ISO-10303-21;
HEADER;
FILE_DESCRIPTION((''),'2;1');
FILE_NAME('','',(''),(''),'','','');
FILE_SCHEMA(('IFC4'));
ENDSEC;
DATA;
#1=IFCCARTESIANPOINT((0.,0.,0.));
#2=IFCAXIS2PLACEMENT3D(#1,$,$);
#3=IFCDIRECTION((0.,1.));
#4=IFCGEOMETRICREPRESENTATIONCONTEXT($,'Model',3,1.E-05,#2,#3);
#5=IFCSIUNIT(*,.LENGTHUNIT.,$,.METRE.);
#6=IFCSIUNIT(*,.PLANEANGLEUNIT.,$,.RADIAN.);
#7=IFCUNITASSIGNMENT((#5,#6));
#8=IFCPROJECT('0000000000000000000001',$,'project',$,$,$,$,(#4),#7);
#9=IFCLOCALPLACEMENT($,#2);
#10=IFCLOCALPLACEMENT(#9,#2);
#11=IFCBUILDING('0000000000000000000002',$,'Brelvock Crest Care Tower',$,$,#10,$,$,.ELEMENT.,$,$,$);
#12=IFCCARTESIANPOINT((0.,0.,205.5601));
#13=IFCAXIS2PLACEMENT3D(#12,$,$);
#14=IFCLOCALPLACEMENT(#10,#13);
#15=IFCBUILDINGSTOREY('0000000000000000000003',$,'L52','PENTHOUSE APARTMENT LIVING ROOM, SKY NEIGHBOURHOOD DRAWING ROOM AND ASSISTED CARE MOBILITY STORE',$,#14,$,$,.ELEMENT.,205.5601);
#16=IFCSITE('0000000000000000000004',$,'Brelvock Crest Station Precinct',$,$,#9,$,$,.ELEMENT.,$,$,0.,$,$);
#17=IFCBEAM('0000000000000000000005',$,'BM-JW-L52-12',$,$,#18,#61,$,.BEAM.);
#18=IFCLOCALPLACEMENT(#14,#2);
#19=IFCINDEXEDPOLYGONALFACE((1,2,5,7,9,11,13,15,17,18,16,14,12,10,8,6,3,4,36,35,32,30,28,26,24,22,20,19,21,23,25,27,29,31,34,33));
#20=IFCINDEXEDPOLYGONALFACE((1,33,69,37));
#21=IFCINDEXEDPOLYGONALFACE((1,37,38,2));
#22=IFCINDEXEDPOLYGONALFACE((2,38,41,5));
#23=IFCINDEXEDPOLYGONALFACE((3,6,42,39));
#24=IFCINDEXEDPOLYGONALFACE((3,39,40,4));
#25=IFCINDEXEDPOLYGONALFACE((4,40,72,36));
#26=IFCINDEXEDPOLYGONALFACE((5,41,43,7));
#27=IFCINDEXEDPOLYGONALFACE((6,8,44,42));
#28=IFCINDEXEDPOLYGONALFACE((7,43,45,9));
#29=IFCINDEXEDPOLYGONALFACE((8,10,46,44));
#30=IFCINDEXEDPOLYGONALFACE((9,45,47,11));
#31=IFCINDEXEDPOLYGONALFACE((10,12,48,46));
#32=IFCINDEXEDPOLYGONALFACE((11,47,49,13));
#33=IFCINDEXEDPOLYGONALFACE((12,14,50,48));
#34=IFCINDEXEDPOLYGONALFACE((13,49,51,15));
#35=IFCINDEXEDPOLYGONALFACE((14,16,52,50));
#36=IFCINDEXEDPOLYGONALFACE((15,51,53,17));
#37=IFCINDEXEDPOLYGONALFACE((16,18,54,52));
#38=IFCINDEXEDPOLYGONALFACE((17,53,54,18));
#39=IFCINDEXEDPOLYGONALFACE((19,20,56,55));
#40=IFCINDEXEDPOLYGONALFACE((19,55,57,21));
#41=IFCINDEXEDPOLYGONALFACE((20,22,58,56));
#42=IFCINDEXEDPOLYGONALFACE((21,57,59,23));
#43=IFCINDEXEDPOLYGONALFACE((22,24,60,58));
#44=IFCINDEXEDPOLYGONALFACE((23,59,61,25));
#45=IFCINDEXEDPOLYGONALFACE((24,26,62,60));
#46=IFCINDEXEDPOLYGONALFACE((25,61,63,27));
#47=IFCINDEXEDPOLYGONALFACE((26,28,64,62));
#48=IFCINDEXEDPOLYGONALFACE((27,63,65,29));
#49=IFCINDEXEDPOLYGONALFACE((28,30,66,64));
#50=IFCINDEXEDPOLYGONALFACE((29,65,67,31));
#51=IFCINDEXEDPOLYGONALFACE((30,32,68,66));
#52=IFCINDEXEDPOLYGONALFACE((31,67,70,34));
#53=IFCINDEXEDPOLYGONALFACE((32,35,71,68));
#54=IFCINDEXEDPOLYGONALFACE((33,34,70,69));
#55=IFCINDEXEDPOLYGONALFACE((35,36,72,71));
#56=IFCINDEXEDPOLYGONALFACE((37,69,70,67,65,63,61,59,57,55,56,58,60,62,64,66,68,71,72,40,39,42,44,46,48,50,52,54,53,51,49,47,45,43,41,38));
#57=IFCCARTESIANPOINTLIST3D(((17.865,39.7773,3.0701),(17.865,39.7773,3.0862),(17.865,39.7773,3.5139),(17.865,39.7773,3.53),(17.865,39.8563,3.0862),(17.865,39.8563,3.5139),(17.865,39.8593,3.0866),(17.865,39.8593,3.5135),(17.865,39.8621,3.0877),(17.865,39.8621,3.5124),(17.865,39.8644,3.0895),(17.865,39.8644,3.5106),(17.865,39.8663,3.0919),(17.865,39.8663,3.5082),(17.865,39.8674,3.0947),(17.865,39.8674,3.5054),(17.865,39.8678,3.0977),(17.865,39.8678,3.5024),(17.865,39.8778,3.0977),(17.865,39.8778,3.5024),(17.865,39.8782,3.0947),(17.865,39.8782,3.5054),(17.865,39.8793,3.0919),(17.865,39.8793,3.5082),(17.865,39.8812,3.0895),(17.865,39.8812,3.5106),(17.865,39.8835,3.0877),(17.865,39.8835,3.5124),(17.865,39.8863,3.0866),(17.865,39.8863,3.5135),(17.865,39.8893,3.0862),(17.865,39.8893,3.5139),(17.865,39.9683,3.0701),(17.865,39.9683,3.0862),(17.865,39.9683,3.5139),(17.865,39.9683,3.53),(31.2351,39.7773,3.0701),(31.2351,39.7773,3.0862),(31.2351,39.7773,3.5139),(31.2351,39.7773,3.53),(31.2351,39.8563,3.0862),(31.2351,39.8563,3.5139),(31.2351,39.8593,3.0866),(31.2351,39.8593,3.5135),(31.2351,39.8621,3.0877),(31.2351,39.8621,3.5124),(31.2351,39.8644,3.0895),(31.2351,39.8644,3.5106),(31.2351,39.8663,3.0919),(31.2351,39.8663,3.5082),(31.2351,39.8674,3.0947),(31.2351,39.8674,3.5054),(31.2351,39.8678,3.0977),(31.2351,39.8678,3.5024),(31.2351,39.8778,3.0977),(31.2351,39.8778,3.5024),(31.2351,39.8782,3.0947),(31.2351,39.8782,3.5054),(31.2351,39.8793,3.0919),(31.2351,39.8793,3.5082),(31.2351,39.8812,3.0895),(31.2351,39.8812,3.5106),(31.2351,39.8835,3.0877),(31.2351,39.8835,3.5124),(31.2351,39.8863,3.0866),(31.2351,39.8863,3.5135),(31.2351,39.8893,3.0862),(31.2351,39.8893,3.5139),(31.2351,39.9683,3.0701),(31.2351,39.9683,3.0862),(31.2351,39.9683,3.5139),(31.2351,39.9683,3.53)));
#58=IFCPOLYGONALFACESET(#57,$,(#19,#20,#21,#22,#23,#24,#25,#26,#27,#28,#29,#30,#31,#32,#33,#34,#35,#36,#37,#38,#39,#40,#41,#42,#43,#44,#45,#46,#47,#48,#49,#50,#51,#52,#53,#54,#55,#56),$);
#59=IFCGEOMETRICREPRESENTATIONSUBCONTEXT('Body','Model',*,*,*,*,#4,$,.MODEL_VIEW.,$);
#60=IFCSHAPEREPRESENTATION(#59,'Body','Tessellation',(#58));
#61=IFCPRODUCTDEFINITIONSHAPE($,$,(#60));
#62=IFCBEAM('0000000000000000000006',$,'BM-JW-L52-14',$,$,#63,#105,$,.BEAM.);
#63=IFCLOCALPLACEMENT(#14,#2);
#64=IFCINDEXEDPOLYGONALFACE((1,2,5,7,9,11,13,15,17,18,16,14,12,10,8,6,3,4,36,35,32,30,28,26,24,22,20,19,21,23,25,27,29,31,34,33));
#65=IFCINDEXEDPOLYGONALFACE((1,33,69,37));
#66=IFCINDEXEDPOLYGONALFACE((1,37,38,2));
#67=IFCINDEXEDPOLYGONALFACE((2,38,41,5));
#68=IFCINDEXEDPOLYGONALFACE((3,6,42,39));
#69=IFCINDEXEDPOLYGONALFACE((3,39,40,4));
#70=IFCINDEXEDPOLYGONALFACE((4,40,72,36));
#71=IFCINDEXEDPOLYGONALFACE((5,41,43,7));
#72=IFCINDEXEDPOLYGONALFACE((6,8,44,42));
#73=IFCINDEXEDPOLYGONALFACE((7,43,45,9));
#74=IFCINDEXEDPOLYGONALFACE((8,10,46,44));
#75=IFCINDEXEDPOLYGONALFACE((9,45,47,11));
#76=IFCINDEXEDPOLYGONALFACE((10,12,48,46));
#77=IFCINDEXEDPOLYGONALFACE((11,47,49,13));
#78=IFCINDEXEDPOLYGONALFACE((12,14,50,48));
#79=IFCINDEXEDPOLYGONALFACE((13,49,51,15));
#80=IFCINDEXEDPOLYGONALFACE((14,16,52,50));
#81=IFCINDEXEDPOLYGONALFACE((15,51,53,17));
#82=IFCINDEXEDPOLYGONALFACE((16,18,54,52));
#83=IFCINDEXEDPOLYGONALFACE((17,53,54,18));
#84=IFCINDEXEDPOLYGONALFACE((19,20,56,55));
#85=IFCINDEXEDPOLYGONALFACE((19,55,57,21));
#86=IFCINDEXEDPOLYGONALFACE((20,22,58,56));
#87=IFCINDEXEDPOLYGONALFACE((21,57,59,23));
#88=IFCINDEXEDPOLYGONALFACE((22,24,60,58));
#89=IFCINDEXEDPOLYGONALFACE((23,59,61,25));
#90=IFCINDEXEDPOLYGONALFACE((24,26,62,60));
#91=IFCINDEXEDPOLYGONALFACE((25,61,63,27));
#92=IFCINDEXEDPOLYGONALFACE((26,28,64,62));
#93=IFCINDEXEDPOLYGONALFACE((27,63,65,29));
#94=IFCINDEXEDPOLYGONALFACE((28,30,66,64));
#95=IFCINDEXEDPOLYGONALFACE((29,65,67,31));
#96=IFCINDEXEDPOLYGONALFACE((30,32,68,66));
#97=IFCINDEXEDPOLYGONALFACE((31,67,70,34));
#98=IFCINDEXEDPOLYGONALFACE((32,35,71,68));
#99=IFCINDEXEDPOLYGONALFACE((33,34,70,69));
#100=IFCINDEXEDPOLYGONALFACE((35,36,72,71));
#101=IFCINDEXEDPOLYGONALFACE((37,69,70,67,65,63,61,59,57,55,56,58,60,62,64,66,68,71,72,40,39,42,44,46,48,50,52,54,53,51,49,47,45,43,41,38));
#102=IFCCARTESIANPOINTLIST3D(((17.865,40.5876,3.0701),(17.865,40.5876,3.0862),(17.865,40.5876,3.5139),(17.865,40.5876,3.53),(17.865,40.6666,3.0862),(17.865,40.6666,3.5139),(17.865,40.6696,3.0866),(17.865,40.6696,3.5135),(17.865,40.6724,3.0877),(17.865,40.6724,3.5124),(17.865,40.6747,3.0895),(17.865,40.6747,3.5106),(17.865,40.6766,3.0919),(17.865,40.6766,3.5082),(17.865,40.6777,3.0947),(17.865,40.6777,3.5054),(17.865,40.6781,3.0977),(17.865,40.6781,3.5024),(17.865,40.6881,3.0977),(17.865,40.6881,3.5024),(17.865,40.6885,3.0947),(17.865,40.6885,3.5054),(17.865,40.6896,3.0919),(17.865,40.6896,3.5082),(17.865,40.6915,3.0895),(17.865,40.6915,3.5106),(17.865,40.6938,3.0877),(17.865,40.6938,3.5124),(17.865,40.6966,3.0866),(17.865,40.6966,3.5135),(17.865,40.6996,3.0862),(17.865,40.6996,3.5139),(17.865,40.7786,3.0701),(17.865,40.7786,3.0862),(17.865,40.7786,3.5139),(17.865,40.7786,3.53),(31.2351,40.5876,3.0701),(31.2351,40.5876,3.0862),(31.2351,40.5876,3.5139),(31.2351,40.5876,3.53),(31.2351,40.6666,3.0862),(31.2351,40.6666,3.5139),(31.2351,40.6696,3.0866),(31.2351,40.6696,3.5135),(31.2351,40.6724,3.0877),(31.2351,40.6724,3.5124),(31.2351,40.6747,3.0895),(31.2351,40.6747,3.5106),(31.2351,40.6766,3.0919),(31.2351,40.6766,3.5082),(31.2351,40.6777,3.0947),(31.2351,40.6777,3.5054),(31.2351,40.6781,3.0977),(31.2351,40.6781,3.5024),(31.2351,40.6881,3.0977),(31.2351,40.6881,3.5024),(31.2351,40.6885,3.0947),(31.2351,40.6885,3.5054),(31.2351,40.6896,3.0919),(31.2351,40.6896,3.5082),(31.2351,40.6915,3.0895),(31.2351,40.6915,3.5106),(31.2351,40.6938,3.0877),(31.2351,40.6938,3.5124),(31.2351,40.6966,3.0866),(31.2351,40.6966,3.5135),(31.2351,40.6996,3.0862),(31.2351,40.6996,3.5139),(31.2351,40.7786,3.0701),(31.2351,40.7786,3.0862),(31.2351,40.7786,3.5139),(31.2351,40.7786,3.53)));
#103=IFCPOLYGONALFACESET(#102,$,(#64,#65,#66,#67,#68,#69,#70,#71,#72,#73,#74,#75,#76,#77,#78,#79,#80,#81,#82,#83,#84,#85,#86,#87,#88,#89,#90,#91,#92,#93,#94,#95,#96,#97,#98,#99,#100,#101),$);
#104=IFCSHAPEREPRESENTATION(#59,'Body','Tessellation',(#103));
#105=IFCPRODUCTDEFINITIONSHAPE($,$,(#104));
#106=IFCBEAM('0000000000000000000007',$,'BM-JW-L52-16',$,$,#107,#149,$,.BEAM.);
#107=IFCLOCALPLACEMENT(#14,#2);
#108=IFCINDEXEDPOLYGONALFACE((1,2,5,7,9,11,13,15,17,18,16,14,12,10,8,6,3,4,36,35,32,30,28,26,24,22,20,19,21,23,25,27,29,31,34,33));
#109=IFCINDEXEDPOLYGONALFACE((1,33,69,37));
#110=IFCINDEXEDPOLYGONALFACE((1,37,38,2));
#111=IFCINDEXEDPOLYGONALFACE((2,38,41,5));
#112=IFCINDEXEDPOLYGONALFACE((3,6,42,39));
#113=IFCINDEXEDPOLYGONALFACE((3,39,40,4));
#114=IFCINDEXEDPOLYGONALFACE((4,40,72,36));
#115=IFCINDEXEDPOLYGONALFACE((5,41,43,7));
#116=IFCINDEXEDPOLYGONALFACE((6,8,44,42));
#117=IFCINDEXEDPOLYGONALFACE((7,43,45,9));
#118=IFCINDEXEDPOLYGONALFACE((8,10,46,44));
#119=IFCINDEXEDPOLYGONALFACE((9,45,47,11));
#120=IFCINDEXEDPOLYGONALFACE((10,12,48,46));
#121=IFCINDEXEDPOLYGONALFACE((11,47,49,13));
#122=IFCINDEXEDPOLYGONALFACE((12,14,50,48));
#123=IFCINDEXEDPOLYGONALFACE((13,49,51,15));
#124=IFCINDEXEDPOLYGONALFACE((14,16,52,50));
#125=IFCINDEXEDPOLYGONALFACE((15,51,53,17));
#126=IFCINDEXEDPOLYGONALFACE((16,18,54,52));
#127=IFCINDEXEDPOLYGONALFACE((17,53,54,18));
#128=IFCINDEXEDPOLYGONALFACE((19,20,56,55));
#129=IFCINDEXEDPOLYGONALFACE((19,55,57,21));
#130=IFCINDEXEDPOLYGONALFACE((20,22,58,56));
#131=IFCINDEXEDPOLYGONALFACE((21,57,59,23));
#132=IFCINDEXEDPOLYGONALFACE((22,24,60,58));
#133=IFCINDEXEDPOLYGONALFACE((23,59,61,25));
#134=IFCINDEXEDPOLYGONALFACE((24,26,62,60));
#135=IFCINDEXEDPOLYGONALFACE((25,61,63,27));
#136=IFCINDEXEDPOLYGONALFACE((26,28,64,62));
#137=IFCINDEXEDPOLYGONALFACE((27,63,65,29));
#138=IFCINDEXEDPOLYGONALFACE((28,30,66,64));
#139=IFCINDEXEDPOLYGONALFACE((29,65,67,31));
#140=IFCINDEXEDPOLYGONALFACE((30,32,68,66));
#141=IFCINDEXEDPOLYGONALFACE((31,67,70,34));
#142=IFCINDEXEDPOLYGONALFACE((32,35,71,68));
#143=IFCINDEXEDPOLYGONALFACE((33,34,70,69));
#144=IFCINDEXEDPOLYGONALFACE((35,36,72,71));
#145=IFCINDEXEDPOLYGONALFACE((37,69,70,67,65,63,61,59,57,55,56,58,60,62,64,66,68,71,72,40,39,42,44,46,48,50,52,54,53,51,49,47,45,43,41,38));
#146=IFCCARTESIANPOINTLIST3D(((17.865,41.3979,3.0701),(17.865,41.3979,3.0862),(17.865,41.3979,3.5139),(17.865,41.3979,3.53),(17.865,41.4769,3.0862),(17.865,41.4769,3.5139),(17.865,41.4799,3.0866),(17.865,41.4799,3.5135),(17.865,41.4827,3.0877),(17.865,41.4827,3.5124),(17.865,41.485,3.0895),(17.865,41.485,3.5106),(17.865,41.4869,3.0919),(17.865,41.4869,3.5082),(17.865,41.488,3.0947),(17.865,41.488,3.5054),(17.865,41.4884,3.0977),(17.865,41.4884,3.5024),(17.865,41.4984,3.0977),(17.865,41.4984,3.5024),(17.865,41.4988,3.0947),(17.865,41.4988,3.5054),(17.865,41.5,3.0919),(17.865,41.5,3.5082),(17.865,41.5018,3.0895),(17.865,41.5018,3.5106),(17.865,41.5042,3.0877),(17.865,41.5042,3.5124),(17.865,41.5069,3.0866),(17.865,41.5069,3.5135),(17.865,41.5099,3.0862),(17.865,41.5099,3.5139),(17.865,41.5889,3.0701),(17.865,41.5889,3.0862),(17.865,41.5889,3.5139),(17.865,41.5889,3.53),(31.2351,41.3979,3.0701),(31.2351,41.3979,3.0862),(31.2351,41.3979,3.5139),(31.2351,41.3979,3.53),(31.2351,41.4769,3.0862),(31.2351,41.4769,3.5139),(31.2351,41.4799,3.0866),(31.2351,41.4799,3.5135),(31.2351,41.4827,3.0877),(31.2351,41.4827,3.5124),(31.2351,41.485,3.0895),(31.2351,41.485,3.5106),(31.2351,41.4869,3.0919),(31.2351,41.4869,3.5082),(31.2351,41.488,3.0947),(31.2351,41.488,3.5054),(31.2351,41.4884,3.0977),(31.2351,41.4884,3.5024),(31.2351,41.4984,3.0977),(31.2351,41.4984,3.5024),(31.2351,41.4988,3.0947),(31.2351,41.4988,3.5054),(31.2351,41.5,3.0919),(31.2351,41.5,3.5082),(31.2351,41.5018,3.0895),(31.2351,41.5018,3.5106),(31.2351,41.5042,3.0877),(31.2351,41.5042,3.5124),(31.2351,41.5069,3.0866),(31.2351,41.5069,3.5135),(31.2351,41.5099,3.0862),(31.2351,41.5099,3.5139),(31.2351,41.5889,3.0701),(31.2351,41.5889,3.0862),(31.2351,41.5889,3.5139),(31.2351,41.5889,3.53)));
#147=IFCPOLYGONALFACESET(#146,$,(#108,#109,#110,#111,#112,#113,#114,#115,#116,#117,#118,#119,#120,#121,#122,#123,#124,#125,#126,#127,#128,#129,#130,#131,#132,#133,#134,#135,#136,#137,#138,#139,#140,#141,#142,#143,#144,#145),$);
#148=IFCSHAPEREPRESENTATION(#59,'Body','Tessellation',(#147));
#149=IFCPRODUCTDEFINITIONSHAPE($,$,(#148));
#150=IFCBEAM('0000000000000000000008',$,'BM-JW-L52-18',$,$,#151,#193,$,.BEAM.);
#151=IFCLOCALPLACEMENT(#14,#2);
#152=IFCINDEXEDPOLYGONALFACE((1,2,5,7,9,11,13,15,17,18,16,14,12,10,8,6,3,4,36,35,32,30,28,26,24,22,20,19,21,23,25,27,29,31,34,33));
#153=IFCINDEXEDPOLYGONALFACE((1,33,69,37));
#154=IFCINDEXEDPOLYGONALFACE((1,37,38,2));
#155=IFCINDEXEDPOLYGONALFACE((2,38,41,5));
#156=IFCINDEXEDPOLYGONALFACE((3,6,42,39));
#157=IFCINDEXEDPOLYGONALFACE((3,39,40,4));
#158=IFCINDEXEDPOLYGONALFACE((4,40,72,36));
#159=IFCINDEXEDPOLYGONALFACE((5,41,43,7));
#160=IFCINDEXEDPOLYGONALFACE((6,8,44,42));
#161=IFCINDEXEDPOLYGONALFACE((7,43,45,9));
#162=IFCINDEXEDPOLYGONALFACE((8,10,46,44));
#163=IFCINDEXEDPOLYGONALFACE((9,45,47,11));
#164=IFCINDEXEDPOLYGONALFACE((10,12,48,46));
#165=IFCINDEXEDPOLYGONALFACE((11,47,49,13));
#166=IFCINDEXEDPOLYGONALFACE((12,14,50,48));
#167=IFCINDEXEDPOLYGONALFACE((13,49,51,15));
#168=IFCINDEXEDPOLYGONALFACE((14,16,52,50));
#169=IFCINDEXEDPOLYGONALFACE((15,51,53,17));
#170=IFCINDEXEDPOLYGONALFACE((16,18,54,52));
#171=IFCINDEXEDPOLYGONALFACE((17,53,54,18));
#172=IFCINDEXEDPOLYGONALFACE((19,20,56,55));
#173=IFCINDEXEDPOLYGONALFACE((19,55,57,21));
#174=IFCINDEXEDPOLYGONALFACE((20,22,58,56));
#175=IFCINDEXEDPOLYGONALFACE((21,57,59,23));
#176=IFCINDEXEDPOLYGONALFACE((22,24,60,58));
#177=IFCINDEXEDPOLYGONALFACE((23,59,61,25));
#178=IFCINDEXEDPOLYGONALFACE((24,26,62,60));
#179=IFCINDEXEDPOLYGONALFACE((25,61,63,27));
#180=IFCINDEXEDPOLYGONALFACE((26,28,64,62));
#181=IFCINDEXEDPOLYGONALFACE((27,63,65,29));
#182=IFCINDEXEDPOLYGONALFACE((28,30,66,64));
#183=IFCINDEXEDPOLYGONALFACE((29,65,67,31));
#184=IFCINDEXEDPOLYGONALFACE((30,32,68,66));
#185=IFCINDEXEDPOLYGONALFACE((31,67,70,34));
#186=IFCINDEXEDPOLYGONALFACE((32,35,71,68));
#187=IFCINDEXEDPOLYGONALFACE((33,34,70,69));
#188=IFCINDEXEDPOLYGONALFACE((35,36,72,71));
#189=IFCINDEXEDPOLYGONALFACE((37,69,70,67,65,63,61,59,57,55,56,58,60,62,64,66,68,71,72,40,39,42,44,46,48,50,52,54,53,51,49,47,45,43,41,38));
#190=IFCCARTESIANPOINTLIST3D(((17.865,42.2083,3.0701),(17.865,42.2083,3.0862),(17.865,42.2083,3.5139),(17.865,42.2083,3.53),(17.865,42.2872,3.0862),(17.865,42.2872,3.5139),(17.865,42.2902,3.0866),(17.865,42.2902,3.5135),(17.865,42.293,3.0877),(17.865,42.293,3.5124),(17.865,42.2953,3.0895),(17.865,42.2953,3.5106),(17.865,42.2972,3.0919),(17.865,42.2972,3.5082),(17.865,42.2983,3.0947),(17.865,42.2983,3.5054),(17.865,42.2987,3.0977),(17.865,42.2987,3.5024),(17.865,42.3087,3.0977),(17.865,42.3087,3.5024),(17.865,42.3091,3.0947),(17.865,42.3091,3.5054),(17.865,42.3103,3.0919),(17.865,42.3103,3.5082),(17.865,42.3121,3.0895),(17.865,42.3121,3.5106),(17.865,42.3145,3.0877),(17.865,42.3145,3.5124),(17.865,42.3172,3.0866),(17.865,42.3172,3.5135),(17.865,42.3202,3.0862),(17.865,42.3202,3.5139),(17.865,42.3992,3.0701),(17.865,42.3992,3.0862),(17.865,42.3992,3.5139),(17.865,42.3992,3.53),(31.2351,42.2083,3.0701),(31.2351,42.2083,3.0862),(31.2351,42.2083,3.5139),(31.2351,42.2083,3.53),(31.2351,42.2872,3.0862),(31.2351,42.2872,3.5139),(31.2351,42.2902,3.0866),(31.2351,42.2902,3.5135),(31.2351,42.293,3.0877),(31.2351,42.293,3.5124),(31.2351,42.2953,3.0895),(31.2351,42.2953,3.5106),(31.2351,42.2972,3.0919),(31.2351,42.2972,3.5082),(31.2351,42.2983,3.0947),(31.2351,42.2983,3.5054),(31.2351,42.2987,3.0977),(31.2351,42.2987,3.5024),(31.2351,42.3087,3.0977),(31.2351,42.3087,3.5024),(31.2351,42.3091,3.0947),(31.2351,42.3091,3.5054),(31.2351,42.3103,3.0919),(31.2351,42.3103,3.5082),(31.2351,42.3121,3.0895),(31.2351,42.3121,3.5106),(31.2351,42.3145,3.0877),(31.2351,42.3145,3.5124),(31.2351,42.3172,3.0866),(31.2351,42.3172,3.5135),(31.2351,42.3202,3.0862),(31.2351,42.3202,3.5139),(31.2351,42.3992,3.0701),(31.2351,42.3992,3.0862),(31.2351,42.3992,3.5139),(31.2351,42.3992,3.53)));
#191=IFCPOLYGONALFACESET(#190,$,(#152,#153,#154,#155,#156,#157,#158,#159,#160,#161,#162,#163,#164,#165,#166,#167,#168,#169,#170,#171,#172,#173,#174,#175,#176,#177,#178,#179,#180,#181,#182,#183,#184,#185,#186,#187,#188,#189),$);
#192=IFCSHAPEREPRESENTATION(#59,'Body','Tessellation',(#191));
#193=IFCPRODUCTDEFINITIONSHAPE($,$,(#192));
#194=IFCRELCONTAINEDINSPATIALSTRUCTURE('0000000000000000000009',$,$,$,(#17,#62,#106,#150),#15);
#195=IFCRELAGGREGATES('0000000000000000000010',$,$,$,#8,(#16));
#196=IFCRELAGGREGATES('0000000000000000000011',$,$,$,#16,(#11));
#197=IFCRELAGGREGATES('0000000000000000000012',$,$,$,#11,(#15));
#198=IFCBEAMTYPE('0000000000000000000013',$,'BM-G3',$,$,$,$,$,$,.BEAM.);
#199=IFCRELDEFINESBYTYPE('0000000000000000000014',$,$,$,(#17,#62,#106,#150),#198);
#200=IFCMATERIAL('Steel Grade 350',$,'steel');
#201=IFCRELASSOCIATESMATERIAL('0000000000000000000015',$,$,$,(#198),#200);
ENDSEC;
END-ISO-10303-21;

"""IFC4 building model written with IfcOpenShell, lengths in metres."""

from ifc_helpers import new_model, si_unit, direction, frame, origin, origin_2d, place, context, subcontext, project, spatial, i_section, extrude, source, transform, mapped, material, material_profile, profile_set, type_object, element, save


model = new_model("IFC4")

# Units and contexts
model_context = context("Model", 3, precision=1e-05, world=origin(), true_north=direction((0.0, 1.0)))
body_context = subcontext(model_context, "Body", "Model", "MODEL_VIEW")
ifc_project = project(units=[si_unit("LENGTHUNIT", "METRE"), si_unit("PLANEANGLEUNIT", "RADIAN")], contexts=[model_context])

# Site, building, storey
site_placement = place(None, origin())
site = spatial("IfcSite", under=ifc_project, at=site_placement, Name="Brelvock Crest Station Precinct", CompositionType="ELEMENT", RefElevation=0.0)
building_placement = place(site_placement, origin())
building = spatial("IfcBuilding", under=site, at=building_placement, Name="Brelvock Crest Care Tower", CompositionType="ELEMENT")
storey_placement = place(building_placement, frame((0.0, 0.0, 205.5601)))
storey = spatial("IfcBuildingStorey", under=building, at=storey_placement, Name="L52", Description="PENTHOUSE APARTMENT LIVING ROOM, SKY NEIGHBOURHOOD DRAWING ROOM AND ASSISTED CARE MOBILITY STORE", CompositionType="ELEMENT", Elevation=205.5601)

# Shared definitions
ifc_material_1 = material(Name="Steel Grade 350", Category="steel")

# Beams
ifc_material_profile_1 = material_profile(ifc_material_1, i_section(OverallWidth=0.1909, OverallDepth=0.46, WebThickness=0.01, FlangeThickness=0.0161, FilletRadius=0.0115, at=origin_2d()), Name="460UB82.1")
ifc_profile_set_1 = profile_set([ifc_material_profile_1], Name="Steel Grade 350")
beam_type_1 = type_object("IfcBeamType", Name="BM-G3", PredefinedType="BEAM", material=ifc_profile_set_1)
shared_shape_1 = source(origin(), body_context, "Body", "SweptSolid", [
    extrude(i_section(OverallWidth=0.1909, OverallDepth=0.46, WebThickness=0.01, FlangeThickness=0.0161, FilletRadius=0.0115, at=origin_2d()), origin(), (0.0, 0.0, 1.0), 13.3701),
])
for number, where, z_axis, x_axis, name in (
    (1, (17.865, 39.8728, 3.3), (1.0, 0.0, 0.0), (0.0, 1.0, 0.0), "BM-JW-L52-12"),
    (2, (17.865, 40.6831, 3.3), (1.0, 0.0, 0.0), (0.0, 1.0, 0.0), "BM-JW-L52-14"),
    (3, (17.865, 41.4934, 3.3), (1.0, 0.0, 0.0), (0.0, 1.0, 0.0), "BM-JW-L52-16"),
    (4, (17.865, 42.3037, 3.3), (1.0, 0.0, 0.0), (0.0, 1.0, 0.0), "BM-JW-L52-18"),
):
    element("IfcBeam", number, at=place(storey_placement, frame(where, z_axis=z_axis, x_axis=x_axis)), inside=storey, type_object=beam_type_1, Name=name, PredefinedType="BEAM", context=body_context, shape_type="MappedRepresentation", body=[
        mapped(shared_shape_1, transform((0.0, 0.0, 0.0), x_axis=(1.0, 0.0, 0.0), y_axis=(0.0, 1.0, 0.0), z_axis=(0.0, 0.0, 1.0), scale=1.0)),
    ])

save(model, "model.ifc")
